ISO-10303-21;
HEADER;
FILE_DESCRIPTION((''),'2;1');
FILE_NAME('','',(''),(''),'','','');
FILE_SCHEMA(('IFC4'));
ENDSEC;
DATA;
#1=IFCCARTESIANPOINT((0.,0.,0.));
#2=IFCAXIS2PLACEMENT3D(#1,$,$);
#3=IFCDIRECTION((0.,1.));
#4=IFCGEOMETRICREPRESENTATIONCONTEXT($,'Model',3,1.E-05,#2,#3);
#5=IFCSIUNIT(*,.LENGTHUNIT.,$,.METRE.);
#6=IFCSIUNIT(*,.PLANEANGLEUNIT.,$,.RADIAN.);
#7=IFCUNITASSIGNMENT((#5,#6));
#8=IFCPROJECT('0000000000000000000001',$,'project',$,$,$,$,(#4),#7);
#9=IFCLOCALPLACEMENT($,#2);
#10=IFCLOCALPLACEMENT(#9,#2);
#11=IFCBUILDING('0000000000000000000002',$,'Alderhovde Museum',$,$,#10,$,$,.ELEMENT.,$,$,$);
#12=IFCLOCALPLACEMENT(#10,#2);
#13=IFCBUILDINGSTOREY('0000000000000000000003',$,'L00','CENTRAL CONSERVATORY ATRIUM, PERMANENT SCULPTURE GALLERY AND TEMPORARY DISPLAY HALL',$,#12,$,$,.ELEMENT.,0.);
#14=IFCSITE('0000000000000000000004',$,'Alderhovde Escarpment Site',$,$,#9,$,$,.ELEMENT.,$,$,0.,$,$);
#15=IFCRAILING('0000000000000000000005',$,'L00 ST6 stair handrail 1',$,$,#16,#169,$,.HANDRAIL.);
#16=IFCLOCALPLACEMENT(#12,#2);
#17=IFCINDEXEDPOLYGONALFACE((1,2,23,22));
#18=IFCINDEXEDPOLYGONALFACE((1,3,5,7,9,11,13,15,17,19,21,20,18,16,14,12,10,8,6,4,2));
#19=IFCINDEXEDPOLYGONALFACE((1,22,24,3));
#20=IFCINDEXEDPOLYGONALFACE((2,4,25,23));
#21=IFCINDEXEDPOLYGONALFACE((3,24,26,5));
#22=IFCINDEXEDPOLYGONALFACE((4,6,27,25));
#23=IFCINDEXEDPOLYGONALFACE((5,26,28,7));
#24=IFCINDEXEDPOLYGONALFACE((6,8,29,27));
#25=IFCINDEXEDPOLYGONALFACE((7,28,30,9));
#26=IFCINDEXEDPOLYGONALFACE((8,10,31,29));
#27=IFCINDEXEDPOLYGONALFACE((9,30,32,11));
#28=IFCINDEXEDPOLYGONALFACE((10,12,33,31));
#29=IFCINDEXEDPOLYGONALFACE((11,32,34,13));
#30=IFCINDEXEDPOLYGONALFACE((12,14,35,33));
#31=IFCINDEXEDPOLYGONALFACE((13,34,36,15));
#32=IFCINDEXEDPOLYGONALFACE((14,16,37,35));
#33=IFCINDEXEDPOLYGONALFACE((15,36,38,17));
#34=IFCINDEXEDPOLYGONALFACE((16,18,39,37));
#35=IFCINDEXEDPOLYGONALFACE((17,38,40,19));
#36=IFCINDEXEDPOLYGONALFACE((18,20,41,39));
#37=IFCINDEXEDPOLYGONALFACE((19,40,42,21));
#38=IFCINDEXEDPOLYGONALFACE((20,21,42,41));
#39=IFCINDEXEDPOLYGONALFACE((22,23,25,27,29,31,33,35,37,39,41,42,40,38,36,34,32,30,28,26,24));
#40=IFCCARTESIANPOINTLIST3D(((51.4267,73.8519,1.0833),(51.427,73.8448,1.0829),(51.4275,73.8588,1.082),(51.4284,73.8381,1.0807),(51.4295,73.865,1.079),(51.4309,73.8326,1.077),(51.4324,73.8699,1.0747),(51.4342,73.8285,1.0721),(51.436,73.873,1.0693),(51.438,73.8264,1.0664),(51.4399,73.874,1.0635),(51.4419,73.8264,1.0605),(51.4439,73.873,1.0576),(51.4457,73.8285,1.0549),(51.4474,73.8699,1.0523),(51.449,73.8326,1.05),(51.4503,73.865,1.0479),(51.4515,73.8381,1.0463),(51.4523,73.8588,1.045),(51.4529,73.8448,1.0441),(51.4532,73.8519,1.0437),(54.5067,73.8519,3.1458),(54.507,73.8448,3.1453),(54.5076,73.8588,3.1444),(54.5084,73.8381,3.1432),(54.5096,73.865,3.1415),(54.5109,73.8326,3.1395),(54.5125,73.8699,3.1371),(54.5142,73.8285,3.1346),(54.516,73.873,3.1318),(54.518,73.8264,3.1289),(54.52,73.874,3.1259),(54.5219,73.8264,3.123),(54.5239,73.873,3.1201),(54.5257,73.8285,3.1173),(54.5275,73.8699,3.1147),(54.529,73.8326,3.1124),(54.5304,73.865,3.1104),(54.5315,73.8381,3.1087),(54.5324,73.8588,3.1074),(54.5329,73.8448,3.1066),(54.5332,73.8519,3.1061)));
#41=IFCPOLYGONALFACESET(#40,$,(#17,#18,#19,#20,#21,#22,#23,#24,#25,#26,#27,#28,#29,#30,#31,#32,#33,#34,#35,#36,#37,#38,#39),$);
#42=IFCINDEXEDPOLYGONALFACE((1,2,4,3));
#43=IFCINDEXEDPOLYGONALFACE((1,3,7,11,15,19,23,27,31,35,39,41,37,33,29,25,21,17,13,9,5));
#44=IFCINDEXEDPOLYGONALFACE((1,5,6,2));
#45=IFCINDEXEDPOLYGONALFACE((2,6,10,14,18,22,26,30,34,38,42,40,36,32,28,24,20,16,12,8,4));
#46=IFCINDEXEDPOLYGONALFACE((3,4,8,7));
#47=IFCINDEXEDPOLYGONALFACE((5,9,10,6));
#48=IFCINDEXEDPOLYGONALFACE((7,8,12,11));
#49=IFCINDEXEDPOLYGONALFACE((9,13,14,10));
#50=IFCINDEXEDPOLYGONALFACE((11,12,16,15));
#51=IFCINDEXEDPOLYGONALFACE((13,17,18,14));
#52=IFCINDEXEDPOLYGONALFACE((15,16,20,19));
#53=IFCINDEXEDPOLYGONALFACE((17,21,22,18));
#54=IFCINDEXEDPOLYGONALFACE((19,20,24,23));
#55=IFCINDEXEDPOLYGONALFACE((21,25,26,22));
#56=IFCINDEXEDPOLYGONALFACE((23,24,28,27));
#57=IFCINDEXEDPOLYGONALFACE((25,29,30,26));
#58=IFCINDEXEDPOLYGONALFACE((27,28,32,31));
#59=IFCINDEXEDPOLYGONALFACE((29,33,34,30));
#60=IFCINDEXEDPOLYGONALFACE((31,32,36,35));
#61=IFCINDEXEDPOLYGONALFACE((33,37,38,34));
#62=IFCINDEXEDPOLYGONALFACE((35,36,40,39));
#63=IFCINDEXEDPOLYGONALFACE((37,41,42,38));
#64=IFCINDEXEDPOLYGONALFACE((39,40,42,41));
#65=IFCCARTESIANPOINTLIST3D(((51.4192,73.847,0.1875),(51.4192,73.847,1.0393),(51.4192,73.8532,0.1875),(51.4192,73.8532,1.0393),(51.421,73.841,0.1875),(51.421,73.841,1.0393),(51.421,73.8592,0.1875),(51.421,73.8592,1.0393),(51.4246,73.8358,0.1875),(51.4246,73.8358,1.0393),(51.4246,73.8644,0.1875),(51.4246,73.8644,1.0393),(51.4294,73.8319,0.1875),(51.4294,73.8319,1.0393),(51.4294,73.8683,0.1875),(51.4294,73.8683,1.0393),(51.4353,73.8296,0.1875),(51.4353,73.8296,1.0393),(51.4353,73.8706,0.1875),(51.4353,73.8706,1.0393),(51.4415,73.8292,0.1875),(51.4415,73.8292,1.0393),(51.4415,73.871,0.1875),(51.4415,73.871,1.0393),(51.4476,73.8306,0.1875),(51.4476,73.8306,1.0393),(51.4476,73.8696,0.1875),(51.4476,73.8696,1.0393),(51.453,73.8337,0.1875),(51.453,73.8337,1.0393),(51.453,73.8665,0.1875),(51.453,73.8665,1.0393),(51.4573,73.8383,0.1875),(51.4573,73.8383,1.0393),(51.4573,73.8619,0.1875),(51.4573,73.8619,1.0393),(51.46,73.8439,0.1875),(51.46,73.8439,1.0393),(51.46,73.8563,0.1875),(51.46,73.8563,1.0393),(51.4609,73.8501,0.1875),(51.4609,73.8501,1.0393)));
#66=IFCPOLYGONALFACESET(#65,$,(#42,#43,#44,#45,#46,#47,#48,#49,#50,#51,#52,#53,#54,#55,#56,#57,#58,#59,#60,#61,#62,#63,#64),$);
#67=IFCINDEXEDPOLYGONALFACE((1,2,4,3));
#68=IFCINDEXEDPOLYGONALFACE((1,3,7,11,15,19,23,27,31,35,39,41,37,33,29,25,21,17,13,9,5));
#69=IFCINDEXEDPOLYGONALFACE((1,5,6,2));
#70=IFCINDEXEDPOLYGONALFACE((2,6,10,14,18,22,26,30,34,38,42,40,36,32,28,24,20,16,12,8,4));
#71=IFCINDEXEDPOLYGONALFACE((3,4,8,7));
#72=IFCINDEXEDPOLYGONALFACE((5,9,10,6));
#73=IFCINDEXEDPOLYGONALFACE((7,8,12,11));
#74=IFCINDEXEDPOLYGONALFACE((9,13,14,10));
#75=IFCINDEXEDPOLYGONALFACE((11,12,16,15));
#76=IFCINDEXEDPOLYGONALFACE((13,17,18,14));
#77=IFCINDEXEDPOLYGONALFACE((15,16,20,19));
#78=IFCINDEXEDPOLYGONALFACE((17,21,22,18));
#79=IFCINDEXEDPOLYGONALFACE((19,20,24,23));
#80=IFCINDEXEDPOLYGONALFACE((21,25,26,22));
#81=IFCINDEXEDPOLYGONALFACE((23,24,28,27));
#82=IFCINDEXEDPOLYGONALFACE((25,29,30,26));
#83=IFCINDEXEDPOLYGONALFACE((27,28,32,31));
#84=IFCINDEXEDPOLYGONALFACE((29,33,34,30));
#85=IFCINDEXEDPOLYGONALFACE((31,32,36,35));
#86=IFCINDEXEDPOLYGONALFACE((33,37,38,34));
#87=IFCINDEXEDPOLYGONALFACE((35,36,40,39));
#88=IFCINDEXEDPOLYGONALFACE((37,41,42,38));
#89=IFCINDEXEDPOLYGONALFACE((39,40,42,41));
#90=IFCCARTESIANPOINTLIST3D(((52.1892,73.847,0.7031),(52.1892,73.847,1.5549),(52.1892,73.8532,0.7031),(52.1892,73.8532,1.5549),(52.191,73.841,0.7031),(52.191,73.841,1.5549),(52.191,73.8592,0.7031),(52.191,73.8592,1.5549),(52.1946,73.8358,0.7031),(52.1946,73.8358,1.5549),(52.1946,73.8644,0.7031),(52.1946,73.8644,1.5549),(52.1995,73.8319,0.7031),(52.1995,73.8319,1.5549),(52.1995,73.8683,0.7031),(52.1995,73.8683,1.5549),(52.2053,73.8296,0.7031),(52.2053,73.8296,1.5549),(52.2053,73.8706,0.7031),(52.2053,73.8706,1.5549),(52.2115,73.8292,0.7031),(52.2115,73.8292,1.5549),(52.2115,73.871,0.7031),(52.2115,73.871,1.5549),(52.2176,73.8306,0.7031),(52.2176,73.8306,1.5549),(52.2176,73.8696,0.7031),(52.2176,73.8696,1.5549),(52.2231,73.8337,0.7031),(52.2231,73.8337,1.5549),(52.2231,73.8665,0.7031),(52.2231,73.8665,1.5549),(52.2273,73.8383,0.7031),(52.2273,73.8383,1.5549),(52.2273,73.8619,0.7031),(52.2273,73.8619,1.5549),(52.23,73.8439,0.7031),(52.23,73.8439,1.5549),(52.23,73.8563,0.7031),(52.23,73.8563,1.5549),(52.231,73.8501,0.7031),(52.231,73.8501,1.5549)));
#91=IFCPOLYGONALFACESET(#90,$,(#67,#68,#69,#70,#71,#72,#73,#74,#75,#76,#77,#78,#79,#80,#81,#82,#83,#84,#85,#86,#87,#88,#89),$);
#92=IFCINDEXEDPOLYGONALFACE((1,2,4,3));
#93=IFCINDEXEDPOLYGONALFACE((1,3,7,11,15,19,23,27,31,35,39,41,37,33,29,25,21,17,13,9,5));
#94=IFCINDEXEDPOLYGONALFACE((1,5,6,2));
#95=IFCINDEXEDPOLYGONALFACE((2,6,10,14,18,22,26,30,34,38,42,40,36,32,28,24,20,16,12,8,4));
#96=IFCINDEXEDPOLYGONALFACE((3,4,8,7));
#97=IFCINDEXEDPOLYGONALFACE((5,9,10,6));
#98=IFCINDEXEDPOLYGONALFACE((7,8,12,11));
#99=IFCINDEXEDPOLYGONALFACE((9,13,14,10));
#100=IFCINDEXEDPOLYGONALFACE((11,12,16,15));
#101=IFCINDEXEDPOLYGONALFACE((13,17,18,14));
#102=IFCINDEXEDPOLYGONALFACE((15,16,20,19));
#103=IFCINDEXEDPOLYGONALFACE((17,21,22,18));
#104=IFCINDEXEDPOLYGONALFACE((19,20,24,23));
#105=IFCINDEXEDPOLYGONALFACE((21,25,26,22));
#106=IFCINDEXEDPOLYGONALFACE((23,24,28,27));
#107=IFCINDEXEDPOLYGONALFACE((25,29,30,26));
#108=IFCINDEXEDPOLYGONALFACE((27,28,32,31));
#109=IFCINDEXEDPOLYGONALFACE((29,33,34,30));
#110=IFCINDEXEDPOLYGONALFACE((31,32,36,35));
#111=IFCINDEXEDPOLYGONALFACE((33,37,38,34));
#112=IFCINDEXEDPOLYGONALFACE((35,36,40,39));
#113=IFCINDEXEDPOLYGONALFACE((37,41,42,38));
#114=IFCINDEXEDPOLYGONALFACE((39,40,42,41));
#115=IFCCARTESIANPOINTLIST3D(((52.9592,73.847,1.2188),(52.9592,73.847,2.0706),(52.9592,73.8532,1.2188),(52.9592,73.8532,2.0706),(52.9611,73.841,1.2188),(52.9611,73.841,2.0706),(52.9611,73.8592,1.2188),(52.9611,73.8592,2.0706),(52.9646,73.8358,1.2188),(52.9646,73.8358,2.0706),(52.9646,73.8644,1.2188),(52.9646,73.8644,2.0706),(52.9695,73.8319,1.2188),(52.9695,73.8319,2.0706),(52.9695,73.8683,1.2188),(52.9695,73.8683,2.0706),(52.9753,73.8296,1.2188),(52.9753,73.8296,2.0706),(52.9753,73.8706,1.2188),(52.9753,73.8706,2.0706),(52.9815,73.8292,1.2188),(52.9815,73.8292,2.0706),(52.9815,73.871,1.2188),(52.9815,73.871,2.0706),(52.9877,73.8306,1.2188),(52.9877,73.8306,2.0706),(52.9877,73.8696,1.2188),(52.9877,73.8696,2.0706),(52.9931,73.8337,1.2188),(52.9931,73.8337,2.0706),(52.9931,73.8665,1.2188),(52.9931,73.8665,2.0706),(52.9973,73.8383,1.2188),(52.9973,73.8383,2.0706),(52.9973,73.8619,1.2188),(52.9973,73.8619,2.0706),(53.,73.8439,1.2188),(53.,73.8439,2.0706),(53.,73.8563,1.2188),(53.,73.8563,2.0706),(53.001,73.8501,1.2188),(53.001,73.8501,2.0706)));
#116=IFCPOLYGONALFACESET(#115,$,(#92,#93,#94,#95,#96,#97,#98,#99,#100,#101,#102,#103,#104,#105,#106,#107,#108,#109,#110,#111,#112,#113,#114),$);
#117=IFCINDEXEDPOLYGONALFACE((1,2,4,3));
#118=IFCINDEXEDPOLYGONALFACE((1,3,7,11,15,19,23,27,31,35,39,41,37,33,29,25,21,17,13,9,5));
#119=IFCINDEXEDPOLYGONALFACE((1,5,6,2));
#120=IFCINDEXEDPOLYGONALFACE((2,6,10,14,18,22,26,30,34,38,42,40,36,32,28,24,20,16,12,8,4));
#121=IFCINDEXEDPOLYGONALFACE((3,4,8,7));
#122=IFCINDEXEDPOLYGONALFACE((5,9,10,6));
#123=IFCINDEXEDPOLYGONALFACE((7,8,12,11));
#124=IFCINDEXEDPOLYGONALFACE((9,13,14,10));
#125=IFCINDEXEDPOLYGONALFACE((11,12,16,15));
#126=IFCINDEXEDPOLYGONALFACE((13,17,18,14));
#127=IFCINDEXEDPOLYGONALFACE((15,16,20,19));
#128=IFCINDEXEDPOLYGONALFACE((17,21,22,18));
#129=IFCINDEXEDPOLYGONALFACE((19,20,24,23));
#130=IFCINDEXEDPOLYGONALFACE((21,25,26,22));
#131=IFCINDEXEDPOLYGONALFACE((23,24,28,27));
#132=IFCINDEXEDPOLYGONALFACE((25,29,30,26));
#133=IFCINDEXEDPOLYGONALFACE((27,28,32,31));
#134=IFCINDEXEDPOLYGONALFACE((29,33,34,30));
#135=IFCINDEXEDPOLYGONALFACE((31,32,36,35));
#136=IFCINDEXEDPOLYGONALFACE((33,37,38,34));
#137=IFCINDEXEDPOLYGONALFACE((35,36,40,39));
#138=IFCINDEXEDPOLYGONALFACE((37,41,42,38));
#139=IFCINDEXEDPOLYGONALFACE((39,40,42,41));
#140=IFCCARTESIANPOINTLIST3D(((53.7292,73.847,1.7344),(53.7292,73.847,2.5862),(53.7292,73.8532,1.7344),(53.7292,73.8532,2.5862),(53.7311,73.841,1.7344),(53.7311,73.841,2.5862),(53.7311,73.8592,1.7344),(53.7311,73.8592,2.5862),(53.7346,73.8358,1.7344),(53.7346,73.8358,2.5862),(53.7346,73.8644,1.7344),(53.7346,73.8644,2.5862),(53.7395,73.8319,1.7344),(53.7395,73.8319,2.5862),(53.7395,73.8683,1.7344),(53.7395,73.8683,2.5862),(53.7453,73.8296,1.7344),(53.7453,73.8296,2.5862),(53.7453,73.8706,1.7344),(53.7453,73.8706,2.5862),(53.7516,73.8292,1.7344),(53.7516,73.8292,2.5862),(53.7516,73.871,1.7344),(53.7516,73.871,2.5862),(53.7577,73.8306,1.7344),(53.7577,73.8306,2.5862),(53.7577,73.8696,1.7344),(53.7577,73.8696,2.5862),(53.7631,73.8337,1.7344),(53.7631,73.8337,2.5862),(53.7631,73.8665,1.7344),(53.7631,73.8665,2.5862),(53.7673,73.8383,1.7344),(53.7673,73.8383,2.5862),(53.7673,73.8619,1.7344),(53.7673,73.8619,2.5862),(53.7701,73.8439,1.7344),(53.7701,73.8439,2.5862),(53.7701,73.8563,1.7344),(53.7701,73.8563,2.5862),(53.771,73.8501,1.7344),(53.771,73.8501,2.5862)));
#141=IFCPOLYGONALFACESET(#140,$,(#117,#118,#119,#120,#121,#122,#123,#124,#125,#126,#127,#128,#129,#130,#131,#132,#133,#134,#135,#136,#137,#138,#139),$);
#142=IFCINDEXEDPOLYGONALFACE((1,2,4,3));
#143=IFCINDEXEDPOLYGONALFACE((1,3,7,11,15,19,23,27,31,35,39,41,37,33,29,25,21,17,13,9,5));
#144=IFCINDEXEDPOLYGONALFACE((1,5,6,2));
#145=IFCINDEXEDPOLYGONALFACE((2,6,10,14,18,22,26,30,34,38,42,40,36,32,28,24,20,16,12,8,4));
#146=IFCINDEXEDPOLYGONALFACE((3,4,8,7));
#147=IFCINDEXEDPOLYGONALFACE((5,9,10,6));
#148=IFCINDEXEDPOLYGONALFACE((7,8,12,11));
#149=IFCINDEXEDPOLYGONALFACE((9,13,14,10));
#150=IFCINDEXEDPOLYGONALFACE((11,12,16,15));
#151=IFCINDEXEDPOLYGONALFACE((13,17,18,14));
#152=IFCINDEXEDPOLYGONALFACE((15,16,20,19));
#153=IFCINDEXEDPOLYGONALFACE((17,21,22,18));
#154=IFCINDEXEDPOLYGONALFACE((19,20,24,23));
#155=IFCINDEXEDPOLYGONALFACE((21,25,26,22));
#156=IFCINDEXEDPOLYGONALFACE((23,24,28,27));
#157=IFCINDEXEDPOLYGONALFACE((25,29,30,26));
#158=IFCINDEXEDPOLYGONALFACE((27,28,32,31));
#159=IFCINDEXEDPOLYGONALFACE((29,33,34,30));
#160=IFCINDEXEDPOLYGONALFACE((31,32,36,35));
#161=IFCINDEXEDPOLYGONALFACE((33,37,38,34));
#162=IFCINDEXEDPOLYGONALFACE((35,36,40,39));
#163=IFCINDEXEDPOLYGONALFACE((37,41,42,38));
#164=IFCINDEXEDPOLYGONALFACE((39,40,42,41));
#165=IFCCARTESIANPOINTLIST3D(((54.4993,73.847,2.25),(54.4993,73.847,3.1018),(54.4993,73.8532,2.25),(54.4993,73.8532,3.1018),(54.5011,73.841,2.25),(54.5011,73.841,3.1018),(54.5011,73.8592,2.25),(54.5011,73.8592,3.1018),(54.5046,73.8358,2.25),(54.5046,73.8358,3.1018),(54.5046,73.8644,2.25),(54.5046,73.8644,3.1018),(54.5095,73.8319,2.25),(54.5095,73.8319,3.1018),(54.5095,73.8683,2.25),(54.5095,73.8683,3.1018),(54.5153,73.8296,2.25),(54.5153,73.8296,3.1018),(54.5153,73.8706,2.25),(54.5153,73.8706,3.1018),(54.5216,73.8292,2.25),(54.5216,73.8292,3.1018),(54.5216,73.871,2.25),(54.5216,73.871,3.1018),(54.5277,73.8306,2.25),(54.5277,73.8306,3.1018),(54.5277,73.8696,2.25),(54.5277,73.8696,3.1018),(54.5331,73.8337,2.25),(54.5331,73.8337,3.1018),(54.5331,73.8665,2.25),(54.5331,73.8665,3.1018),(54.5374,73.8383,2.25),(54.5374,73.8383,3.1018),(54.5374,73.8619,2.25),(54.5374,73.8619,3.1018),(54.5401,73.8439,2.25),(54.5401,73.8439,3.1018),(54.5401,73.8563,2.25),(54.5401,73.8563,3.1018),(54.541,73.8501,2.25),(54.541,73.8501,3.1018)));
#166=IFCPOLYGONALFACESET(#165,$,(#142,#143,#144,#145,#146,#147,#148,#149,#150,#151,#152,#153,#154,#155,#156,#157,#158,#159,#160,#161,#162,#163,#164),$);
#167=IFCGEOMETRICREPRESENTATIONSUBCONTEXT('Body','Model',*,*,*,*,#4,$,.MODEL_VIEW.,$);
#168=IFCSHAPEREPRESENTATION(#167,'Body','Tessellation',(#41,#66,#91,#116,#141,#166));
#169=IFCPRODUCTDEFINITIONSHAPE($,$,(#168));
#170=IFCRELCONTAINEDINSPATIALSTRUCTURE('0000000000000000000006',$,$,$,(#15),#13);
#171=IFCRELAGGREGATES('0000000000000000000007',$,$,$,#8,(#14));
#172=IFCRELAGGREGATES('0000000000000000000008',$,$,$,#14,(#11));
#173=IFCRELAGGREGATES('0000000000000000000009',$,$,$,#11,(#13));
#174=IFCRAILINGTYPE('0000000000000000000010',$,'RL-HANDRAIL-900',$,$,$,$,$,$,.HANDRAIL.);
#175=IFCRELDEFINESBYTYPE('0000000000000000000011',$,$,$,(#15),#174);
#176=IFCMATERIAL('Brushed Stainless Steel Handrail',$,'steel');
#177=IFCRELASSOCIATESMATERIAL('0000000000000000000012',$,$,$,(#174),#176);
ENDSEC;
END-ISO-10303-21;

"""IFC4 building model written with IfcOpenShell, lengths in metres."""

from ifc_helpers import new_model, si_unit, direction, frame, origin, origin_2d, place, context, subcontext, project, spatial, circle, extrude, material, type_object, element, save


model = new_model("IFC4")

# Units and contexts
model_context = context("Model", 3, precision=1e-05, world=origin(), true_north=direction((0.0, 1.0)))
body_context = subcontext(model_context, "Body", "Model", "MODEL_VIEW")
ifc_project = project(units=[si_unit("LENGTHUNIT", "METRE"), si_unit("PLANEANGLEUNIT", "RADIAN")], contexts=[model_context])

# Site, building, storey
site_placement = place(None, origin())
site = spatial("IfcSite", under=ifc_project, at=site_placement, Name="Alderhovde Escarpment Site", CompositionType="ELEMENT", RefElevation=0.0)
building_placement = place(site_placement, origin())
building = spatial("IfcBuilding", under=site, at=building_placement, Name="Alderhovde Museum", CompositionType="ELEMENT")
storey_placement = place(building_placement, origin())
storey = spatial("IfcBuildingStorey", under=building, at=storey_placement, Name="L00", Description="CENTRAL CONSERVATORY ATRIUM, PERMANENT SCULPTURE GALLERY AND TEMPORARY DISPLAY HALL", CompositionType="ELEMENT", Elevation=0.0)

# Railing
ifc_material_1 = material(Name="Brushed Stainless Steel Handrail", Category="steel")
railing_type_1 = type_object("IfcRailingType", Name="RL-HANDRAIL-900", PredefinedType="HANDRAIL", material=ifc_material_1)
railing_1_placement = place(storey_placement, frame((51.4399, 73.8501, 0.1875)))
element("IfcRailing", 1, at=railing_1_placement, inside=storey, type_object=railing_type_1, Name="L00 ST6 stair handrail 1", PredefinedType="HANDRAIL", context=body_context, shape_type="SweptSolid", body=[
    extrude(circle(Radius=0.0239, at=origin_2d()), frame((0.0, 0.0, 0.876), z_axis=(0.830914, 0.0, 0.556401), x_axis=(0.0, 1.0, 0.0)), (0.0, 0.0, 1.0), 3.7068),
    extrude(circle(Radius=0.021, at=origin_2d()), origin(), (0.0, 0.0, 1.0), 0.8518),
    extrude(circle(Radius=0.021, at=origin_2d()), frame((0.77, 0.0, 0.5156)), (0.0, 0.0, 1.0), 0.8518),
    extrude(circle(Radius=0.021, at=origin_2d()), frame((1.54, 0.0, 1.0312)), (0.0, 0.0, 1.0), 0.8518),
    extrude(circle(Radius=0.021, at=origin_2d()), frame((2.3101, 0.0, 1.5469)), (0.0, 0.0, 1.0), 0.8518),
    extrude(circle(Radius=0.021, at=origin_2d()), frame((3.0801, 0.0, 2.0625)), (0.0, 0.0, 1.0), 0.8518),
])

save(model, "model.ifc")
